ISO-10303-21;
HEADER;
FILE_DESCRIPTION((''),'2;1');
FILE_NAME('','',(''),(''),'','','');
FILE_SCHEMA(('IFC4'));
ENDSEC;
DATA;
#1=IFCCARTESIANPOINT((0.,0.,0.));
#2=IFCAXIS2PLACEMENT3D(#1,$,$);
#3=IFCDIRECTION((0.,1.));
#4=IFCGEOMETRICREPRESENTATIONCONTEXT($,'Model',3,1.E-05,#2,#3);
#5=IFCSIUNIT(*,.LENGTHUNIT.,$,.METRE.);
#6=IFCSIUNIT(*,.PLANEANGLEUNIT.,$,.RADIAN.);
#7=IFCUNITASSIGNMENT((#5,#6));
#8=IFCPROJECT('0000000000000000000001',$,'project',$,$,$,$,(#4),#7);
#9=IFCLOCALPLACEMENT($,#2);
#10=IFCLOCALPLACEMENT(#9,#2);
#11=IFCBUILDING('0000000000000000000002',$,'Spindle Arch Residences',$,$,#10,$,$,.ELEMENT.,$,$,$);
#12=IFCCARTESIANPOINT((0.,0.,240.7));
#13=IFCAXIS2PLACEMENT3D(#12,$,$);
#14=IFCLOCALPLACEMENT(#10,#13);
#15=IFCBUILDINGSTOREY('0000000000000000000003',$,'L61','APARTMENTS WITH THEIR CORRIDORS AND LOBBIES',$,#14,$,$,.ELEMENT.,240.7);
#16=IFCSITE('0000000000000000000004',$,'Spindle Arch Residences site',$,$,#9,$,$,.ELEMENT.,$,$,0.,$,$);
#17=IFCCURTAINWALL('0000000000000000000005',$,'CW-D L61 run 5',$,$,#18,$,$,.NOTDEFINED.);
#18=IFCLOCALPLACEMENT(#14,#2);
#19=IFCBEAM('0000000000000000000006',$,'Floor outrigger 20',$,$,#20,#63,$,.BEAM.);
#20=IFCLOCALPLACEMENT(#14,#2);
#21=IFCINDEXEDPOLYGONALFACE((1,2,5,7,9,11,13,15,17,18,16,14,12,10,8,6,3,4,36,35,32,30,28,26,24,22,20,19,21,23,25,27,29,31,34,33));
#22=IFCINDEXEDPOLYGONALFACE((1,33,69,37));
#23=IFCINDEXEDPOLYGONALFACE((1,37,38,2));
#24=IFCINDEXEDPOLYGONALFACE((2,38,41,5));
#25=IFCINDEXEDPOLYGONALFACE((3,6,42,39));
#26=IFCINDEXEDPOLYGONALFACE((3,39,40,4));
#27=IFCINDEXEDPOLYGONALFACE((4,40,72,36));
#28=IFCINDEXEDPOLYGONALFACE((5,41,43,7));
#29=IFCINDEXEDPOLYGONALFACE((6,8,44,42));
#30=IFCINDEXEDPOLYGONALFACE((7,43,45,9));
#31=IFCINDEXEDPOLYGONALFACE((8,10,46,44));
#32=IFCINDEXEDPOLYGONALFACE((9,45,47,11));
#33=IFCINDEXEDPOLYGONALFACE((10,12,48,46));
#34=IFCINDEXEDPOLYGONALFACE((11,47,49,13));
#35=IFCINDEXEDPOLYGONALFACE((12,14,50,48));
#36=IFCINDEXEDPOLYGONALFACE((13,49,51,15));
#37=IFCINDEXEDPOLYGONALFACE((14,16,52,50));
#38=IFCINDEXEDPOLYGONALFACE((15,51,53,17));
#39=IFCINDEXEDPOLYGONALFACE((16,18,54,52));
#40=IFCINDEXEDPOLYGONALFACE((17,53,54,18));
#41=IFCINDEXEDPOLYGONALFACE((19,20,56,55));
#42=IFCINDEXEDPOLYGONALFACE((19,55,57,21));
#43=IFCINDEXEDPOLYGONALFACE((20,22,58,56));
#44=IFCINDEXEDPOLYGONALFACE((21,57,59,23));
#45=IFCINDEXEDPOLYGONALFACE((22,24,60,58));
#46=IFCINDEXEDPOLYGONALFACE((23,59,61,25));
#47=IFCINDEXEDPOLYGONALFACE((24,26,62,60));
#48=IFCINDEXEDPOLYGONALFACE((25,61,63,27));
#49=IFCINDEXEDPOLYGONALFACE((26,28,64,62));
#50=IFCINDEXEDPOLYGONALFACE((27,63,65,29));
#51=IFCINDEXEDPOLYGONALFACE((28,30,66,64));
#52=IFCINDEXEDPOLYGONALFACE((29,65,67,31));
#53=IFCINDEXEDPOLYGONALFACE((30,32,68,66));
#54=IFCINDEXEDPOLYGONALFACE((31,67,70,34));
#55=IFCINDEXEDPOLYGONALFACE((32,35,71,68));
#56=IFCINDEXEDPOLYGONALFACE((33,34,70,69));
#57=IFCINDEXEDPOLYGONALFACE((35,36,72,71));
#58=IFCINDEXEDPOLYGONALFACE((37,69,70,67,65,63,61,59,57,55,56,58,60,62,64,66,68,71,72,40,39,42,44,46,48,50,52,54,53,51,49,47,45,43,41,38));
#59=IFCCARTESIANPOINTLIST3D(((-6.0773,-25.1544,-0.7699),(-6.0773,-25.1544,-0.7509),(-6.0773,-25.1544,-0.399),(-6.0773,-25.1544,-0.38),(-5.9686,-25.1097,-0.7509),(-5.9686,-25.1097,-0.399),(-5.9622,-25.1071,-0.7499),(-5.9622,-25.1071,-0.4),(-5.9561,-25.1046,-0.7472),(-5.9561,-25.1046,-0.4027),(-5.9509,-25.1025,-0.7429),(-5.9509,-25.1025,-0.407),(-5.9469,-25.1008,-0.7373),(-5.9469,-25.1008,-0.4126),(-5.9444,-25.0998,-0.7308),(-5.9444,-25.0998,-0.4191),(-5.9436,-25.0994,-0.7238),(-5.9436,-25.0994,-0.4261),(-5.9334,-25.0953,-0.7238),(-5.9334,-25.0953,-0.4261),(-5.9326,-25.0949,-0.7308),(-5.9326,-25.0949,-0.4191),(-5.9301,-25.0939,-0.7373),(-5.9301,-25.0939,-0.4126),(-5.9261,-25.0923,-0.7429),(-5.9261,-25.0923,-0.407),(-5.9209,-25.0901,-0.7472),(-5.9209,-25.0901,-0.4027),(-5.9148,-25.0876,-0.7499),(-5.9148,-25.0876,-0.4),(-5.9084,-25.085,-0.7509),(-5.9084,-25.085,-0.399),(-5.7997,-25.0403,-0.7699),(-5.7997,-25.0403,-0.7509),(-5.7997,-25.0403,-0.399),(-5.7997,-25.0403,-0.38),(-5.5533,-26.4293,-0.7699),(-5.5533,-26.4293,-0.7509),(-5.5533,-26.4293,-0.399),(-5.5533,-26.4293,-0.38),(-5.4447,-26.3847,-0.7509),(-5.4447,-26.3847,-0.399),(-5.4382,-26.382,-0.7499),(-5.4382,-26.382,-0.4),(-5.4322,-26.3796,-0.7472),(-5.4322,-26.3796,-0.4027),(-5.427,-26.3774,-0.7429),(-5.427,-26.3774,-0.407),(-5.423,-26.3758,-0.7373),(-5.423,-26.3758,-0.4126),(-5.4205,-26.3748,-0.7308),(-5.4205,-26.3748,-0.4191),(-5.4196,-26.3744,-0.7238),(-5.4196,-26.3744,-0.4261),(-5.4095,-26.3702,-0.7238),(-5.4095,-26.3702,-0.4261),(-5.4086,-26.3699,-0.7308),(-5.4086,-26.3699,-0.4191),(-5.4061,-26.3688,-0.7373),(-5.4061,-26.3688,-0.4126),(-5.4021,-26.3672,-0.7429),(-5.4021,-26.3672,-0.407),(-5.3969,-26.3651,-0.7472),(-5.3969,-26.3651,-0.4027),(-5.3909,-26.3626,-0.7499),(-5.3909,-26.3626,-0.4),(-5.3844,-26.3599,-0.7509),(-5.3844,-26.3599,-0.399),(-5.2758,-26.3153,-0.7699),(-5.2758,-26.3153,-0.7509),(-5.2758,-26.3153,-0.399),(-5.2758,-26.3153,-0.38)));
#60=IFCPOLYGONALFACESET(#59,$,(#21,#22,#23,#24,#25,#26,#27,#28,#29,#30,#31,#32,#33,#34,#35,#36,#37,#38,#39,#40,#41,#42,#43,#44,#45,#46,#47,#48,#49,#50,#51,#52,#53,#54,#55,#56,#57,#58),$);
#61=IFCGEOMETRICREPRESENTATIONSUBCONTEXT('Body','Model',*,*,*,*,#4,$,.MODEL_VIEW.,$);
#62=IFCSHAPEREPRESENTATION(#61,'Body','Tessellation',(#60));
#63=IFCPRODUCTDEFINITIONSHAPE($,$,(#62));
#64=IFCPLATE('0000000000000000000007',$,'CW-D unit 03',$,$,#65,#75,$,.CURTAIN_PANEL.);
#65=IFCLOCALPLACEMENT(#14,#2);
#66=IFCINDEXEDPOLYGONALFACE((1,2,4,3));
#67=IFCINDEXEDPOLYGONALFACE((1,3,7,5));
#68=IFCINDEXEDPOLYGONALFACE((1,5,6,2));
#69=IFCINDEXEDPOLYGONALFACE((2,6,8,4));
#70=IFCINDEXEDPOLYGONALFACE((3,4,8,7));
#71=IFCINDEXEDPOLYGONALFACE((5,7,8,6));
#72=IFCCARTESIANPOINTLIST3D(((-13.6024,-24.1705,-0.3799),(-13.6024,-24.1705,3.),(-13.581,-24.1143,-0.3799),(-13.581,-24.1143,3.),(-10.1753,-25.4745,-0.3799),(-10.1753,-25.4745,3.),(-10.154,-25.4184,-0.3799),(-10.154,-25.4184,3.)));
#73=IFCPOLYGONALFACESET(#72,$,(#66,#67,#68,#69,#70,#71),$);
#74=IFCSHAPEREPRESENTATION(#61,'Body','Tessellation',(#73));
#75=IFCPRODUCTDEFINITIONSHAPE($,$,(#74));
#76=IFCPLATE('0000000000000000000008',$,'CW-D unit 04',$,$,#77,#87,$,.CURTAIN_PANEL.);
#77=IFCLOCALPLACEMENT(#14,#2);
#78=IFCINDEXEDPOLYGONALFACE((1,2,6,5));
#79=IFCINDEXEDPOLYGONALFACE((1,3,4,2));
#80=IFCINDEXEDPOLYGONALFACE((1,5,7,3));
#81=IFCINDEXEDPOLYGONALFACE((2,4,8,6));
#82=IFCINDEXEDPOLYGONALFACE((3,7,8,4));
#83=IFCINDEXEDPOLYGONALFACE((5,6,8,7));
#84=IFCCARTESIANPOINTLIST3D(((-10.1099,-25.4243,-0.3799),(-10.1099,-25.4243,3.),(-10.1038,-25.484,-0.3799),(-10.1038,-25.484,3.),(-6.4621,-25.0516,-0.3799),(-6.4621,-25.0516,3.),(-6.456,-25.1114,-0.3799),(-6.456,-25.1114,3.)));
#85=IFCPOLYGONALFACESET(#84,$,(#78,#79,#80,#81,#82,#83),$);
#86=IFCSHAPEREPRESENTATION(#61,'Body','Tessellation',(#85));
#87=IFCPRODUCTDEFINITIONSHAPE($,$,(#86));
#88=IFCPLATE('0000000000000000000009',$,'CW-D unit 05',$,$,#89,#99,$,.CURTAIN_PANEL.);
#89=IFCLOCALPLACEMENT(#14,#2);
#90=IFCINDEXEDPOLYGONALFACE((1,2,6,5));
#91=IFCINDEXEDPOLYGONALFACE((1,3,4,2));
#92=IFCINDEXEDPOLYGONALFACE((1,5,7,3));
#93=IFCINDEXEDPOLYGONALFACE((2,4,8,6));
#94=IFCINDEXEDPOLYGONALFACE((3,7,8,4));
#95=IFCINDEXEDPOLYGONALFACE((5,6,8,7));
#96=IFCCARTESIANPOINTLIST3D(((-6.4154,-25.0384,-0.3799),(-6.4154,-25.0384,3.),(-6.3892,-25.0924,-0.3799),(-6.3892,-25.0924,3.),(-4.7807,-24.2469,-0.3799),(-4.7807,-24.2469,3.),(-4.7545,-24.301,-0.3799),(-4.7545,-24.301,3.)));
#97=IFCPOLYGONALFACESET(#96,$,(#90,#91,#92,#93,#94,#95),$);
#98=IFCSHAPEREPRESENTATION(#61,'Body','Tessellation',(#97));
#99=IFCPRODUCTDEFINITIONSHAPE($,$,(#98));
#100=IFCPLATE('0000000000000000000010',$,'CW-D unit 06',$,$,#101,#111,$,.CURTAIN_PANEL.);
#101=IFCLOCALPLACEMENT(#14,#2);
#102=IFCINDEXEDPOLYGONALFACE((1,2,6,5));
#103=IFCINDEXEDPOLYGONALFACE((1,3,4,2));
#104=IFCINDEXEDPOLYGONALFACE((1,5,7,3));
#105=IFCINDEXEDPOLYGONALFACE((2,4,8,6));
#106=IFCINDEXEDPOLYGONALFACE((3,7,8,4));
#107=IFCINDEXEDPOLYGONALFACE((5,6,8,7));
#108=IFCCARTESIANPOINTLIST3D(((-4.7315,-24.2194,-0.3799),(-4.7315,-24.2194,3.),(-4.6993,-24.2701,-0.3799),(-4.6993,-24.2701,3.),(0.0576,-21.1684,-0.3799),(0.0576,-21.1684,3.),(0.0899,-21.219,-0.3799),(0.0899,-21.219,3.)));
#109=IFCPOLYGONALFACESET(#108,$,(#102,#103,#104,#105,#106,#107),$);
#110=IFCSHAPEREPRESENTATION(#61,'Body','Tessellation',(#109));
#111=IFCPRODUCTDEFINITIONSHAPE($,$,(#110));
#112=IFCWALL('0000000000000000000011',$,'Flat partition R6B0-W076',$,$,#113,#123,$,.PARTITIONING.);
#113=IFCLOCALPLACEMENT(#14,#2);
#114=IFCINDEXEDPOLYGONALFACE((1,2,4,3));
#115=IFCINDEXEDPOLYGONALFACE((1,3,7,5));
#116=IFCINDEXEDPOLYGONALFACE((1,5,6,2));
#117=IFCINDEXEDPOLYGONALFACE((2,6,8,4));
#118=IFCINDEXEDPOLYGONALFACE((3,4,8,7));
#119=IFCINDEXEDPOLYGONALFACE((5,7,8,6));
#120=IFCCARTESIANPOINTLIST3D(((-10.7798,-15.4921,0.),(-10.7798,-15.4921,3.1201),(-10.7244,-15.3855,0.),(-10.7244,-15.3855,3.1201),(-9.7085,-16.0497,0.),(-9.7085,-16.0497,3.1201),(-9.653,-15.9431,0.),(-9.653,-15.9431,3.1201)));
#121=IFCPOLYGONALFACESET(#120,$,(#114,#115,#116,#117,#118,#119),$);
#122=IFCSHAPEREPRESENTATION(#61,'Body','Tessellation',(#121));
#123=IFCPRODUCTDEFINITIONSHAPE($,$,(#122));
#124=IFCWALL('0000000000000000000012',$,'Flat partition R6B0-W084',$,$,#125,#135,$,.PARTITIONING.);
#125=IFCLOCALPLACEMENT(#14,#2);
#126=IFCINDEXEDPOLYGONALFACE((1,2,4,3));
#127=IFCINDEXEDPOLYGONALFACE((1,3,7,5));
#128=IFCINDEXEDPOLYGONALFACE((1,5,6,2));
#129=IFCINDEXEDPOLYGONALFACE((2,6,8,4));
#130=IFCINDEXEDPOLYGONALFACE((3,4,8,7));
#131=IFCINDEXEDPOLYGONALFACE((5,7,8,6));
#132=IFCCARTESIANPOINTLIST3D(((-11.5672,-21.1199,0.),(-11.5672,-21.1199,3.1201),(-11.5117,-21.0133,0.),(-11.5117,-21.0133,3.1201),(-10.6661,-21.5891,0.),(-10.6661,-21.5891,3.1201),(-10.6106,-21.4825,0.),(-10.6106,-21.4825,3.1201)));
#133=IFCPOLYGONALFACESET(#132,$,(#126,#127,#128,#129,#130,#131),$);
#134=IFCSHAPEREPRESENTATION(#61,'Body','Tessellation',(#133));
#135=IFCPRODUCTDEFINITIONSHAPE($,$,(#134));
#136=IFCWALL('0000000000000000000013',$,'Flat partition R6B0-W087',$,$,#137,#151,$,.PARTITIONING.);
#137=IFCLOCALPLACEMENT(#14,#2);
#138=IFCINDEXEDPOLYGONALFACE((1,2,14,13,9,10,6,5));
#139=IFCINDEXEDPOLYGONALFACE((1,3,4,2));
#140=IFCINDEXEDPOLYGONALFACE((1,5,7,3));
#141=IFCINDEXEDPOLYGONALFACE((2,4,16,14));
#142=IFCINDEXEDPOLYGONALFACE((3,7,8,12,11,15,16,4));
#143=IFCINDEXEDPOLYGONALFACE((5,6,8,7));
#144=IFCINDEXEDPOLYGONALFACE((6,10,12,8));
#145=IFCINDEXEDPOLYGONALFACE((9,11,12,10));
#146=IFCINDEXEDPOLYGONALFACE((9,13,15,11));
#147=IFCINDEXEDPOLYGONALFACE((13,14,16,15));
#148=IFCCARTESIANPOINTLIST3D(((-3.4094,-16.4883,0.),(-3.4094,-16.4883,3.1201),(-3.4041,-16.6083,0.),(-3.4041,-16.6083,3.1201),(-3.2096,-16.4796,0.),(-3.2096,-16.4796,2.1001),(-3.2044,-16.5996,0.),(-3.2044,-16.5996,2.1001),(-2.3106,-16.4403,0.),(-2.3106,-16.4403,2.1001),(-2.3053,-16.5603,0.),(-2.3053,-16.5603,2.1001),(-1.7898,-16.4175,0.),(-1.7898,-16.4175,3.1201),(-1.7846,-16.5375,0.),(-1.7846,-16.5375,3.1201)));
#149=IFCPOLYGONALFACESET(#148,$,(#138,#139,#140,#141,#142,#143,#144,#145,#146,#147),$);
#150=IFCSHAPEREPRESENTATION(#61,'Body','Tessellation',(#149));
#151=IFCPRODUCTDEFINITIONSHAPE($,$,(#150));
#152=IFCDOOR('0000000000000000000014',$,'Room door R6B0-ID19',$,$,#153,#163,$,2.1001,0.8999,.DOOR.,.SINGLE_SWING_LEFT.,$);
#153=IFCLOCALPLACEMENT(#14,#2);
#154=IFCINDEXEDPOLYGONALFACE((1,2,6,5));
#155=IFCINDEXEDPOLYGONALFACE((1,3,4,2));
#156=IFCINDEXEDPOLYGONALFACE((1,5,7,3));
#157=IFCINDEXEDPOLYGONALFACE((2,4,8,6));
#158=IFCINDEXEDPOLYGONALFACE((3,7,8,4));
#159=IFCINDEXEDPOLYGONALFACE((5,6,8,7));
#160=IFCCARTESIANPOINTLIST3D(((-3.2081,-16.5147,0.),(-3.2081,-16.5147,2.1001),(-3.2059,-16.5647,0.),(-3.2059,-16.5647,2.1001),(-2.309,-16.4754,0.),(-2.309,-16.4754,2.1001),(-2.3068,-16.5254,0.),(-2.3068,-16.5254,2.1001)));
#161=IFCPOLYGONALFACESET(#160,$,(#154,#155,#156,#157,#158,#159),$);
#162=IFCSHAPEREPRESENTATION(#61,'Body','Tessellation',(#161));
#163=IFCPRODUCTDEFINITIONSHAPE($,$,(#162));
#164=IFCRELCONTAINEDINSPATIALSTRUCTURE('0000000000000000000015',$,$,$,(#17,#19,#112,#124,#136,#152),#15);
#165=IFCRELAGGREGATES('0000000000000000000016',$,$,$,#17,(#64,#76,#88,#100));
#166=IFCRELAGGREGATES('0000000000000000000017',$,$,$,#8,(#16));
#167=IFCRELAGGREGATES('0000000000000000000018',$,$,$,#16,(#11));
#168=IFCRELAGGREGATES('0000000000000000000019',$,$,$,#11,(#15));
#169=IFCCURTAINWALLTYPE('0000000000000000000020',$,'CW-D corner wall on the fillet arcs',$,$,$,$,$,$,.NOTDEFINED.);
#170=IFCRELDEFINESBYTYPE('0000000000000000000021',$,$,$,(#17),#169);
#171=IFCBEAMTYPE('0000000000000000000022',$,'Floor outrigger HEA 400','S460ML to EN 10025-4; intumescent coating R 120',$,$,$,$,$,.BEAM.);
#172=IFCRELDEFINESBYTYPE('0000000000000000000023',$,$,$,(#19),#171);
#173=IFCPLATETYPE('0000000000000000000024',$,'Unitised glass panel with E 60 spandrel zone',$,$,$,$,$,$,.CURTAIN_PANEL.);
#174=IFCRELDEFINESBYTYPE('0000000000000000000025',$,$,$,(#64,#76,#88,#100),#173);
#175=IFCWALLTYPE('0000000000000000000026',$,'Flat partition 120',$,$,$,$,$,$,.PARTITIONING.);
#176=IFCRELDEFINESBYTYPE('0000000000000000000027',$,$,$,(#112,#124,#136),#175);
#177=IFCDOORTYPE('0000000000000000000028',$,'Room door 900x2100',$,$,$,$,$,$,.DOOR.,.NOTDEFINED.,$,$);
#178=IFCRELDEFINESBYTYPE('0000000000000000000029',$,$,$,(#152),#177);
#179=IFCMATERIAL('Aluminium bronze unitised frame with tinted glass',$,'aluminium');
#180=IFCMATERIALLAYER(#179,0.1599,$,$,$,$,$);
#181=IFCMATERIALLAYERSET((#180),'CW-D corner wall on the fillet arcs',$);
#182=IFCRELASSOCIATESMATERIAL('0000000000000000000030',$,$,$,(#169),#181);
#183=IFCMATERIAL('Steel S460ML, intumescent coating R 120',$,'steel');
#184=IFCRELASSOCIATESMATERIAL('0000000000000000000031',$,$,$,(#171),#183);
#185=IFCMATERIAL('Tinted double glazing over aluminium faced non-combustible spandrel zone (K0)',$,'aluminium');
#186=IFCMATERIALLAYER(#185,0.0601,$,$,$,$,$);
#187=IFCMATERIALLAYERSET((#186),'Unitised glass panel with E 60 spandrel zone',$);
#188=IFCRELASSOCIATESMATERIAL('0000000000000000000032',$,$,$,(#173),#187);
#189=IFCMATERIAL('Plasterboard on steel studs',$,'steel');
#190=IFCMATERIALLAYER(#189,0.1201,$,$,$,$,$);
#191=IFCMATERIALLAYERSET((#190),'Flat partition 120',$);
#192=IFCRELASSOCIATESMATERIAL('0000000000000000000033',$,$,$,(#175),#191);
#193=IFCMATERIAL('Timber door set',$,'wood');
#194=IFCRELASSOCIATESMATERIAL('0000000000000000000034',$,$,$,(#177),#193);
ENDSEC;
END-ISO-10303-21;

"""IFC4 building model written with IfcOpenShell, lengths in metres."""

from ifc_helpers import new_model, si_unit, direction, frame, frame_2d, origin, origin_2d, place, context, subcontext, project, spatial, rectangle, i_section, extrude, material, layer, layer_set, material_profile, profile_set, type_object, element, fill, aggregate, save


model = new_model("IFC4")

# Units and contexts
model_context = context("Model", 3, precision=1e-05, world=origin(), true_north=direction((0.0, 1.0)))
body_context = subcontext(model_context, "Body", "Model", "MODEL_VIEW")
ifc_project = project(units=[si_unit("LENGTHUNIT", "METRE"), si_unit("PLANEANGLEUNIT", "RADIAN")], contexts=[model_context])

# Site, building, storey
site_placement = place(None, origin())
site = spatial("IfcSite", under=ifc_project, at=site_placement, Name="Spindle Arch Residences site", CompositionType="ELEMENT", RefElevation=0.0)
building_placement = place(site_placement, origin())
building = spatial("IfcBuilding", under=site, at=building_placement, Name="Spindle Arch Residences", CompositionType="ELEMENT")
storey_placement = place(building_placement, frame((0.0, 0.0, 240.7)))
storey = spatial("IfcBuildingStorey", under=building, at=storey_placement, Name="L61", Description="APARTMENTS WITH THEIR CORRIDORS AND LOBBIES", CompositionType="ELEMENT", Elevation=240.7)

# Curtain wall
ifc_material_1 = material(Name="Aluminium bronze unitised frame with tinted glass", Category="aluminium")
ifc_layer_1 = layer(ifc_material_1, 0.1599)
ifc_layer_set_1 = layer_set([ifc_layer_1], Name="CW-D corner wall on the fillet arcs")
curtain_wall_type = type_object("IfcCurtainWallType", Name="CW-D corner wall on the fillet arcs", PredefinedType="NOTDEFINED", material=ifc_layer_set_1)
curtain_wall_placement = place(storey_placement, origin())
curtain_wall = element("IfcCurtainWall", 1, at=curtain_wall_placement, inside=storey, type_object=curtain_wall_type, Name="CW-D L61 run 5", PredefinedType="NOTDEFINED")

# Beam
ifc_material_2 = material(Name="Steel S460ML, intumescent coating R 120", Category="steel")
ifc_material_profile_1 = material_profile(ifc_material_2, i_section(OverallWidth=0.3, OverallDepth=0.3899, WebThickness=0.011, FlangeThickness=0.019, FilletRadius=0.0271, at=origin_2d()), Name="HEA 400")
ifc_profile_set_1 = profile_set([ifc_material_profile_1], Name="Steel S460ML, intumescent coating R 120")
beam_type_1 = type_object("IfcBeamType", Name="Floor outrigger HEA 400", Description="S460ML to EN 10025-4; intumescent coating R 120", PredefinedType="BEAM", material=ifc_profile_set_1)
beam_1_placement = place(storey_placement, frame((-5.4146, -26.3723, -0.575), z_axis=(-0.380108, 0.924942, 0.0), x_axis=(-0.924942, -0.380108, 0.0)))
element("IfcBeam", 2, at=beam_1_placement, inside=storey, type_object=beam_type_1, Name="Floor outrigger 20", PredefinedType="BEAM", context=body_context, shape_type="SweptSolid", body=[
    extrude(i_section(OverallWidth=0.3, OverallDepth=0.3899, WebThickness=0.011, FlangeThickness=0.019, FilletRadius=0.0271, at=origin_2d()), origin(), (0.0, 0.0, 1.0), 1.3784),
])

# Plates
ifc_material_3 = material(Name="Tinted double glazing over aluminium faced non-combustible spandrel zone (K0)", Category="aluminium")
ifc_layer_2 = layer(ifc_material_3, 0.0601)
ifc_layer_set_2 = layer_set([ifc_layer_2], Name="Unitised glass panel with E 60 spandrel zone")
plate_type = type_object("IfcPlateType", Name="Unitised glass panel with E 60 spandrel zone", PredefinedType="CURTAIN_PANEL", material=ifc_layer_set_2)
plate_1_placement = place(storey_placement, frame((-11.8782, -24.7944, -0.3799), z_axis=(0.0, 0.0, 1.0), x_axis=(0.934619, -0.355651, 0.0)))
plate_1 = element("IfcPlate", 3, at=plate_1_placement, type_object=plate_type, Name="CW-D unit 03", PredefinedType="CURTAIN_PANEL", context=body_context, shape_type="SweptSolid", body=[
    extrude(rectangle(XDim=3.6667, YDim=0.0601, at=origin_2d()), origin(), (0.0, 0.0, 1.0), 3.3799),
])
plate_2_placement = place(storey_placement, frame((-8.283, -25.2678, -0.3799), z_axis=(0.0, 0.0, 1.0), x_axis=(0.994822, 0.101635, 0.0)))
plate_2 = element("IfcPlate", 4, at=plate_2_placement, type_object=plate_type, Name="CW-D unit 04", PredefinedType="CURTAIN_PANEL", context=body_context, shape_type="SweptSolid", body=[
    extrude(rectangle(XDim=3.6667, YDim=0.0601, at=origin_2d()), origin(), (0.0, 0.0, 1.0), 3.3799),
])
plate_3_placement = place(storey_placement, frame((-5.585, -24.6697, -0.3799), z_axis=(0.0, 0.0, 1.0), x_axis=(0.900065, 0.435755, 0.0)))
plate_3 = element("IfcPlate", 5, at=plate_3_placement, type_object=plate_type, Name="CW-D unit 05", PredefinedType="CURTAIN_PANEL", context=body_context, shape_type="SweptSolid", body=[
    extrude(rectangle(XDim=1.8162, YDim=0.0601, at=origin_2d()), origin(), (0.0, 0.0, 1.0), 3.3799),
])
plate_4_placement = place(storey_placement, frame((-2.3208, -22.7192, -0.3799), z_axis=(0.0, 0.0, 1.0), x_axis=(0.843391, 0.5373, 0.0)))
plate_4 = element("IfcPlate", 6, at=plate_4_placement, type_object=plate_type, Name="CW-D unit 06", PredefinedType="CURTAIN_PANEL", context=body_context, shape_type="SweptSolid", body=[
    extrude(rectangle(XDim=5.6785, YDim=0.0601, at=origin_2d()), origin(), (0.0, 0.0, 1.0), 3.3799),
])
aggregate(curtain_wall, [plate_1, plate_2, plate_3, plate_4])

# Walls
ifc_material_4 = material(Name="Plasterboard on steel studs", Category="steel")
ifc_layer_3 = layer(ifc_material_4, 0.1201)
ifc_layer_set_3 = layer_set([ifc_layer_3], Name="Flat partition 120")
wall_type_1 = type_object("IfcWallType", Name="Flat partition 120", PredefinedType="PARTITIONING", material=ifc_layer_set_3)
wall_1_placement = place(storey_placement, frame((-10.7522, -15.4387, 0.0), z_axis=(0.0, 0.0, 1.0), x_axis=(0.887031, -0.461709, 0.0)))
element("IfcWall", 7, at=wall_1_placement, inside=storey, type_object=wall_type_1, Name="Flat partition R6B0-W076", PredefinedType="PARTITIONING", context=body_context, shape_type="SweptSolid", body=[
    extrude(rectangle(XDim=1.2078, YDim=0.1201, at=frame_2d((0.604, 0.0))), origin(), (0.0, 0.0, 1.0), 3.1201),
])
wall_2_placement = place(storey_placement, frame((-11.5393, -21.0667, 0.0), z_axis=(0.0, 0.0, 1.0), x_axis=(0.886953, -0.46186, 0.0)))
element("IfcWall", 8, at=wall_2_placement, inside=storey, type_object=wall_type_1, Name="Flat partition R6B0-W084", PredefinedType="PARTITIONING", context=body_context, shape_type="SweptSolid", body=[
    extrude(rectangle(XDim=1.0159, YDim=0.1201, at=frame_2d((0.5078, 0.0))), origin(), (0.0, 0.0, 1.0), 3.1201),
])

# Wall, opening, door
wall_3_placement = place(storey_placement, frame((-3.4067, -16.5483, 0.0), z_axis=(0.0, 0.0, 1.0), x_axis=(0.999046, 0.043672, 0.0)))
wall_3 = element("IfcWall", 9, at=wall_3_placement, inside=storey, type_object=wall_type_1, Name="Flat partition R6B0-W087", PredefinedType="PARTITIONING", context=body_context, shape_type="SweptSolid", body=[
    extrude(rectangle(XDim=1.6211, YDim=0.1201, at=frame_2d((0.8105, 0.0))), origin(), (0.0, 0.0, 1.0), 3.1201),
])
opening_1_placement = place(wall_3_placement, frame((0.2, 0.0, 0.0)))
opening_1 = element("IfcOpeningElement", 10, at=opening_1_placement, cuts=wall_3, PredefinedType="OPENING", context=body_context, shape_type="SweptSolid", body=[
    extrude(rectangle(XDim=0.8999, YDim=2.1001, at=frame_2d((0.45, 1.05))), frame((0.0, 0.0701, 0.0), z_axis=(0.0, -1.0, 0.0), x_axis=(1.0, 0.0, 0.0)), (0.0, 0.0, 1.0), 0.1401),
])
ifc_material_5 = material(Name="Timber door set", Category="wood")
door_type_1 = type_object("IfcDoorType", Name="Room door 900x2100", OperationType="NOTDEFINED", PredefinedType="DOOR", material=ifc_material_5)
door_1_placement = place(opening_1_placement, origin())
door_1 = element("IfcDoor", 11, at=door_1_placement, inside=storey, type_object=door_type_1, Name="Room door R6B0-ID19", OperationType="SINGLE_SWING_LEFT", OverallHeight=2.1001, OverallWidth=0.8999, PredefinedType="DOOR", context=body_context, shape_type="SweptSolid", body=[
    extrude(rectangle(XDim=0.8999, YDim=2.1001, at=frame_2d((0.45, 1.05))), frame((0.0, 0.0249, 0.0), z_axis=(0.0, -1.0, 0.0), x_axis=(1.0, 0.0, 0.0)), (0.0, 0.0, 1.0), 0.05),
])
fill(opening_1, door_1)

save(model, "model.ifc")
